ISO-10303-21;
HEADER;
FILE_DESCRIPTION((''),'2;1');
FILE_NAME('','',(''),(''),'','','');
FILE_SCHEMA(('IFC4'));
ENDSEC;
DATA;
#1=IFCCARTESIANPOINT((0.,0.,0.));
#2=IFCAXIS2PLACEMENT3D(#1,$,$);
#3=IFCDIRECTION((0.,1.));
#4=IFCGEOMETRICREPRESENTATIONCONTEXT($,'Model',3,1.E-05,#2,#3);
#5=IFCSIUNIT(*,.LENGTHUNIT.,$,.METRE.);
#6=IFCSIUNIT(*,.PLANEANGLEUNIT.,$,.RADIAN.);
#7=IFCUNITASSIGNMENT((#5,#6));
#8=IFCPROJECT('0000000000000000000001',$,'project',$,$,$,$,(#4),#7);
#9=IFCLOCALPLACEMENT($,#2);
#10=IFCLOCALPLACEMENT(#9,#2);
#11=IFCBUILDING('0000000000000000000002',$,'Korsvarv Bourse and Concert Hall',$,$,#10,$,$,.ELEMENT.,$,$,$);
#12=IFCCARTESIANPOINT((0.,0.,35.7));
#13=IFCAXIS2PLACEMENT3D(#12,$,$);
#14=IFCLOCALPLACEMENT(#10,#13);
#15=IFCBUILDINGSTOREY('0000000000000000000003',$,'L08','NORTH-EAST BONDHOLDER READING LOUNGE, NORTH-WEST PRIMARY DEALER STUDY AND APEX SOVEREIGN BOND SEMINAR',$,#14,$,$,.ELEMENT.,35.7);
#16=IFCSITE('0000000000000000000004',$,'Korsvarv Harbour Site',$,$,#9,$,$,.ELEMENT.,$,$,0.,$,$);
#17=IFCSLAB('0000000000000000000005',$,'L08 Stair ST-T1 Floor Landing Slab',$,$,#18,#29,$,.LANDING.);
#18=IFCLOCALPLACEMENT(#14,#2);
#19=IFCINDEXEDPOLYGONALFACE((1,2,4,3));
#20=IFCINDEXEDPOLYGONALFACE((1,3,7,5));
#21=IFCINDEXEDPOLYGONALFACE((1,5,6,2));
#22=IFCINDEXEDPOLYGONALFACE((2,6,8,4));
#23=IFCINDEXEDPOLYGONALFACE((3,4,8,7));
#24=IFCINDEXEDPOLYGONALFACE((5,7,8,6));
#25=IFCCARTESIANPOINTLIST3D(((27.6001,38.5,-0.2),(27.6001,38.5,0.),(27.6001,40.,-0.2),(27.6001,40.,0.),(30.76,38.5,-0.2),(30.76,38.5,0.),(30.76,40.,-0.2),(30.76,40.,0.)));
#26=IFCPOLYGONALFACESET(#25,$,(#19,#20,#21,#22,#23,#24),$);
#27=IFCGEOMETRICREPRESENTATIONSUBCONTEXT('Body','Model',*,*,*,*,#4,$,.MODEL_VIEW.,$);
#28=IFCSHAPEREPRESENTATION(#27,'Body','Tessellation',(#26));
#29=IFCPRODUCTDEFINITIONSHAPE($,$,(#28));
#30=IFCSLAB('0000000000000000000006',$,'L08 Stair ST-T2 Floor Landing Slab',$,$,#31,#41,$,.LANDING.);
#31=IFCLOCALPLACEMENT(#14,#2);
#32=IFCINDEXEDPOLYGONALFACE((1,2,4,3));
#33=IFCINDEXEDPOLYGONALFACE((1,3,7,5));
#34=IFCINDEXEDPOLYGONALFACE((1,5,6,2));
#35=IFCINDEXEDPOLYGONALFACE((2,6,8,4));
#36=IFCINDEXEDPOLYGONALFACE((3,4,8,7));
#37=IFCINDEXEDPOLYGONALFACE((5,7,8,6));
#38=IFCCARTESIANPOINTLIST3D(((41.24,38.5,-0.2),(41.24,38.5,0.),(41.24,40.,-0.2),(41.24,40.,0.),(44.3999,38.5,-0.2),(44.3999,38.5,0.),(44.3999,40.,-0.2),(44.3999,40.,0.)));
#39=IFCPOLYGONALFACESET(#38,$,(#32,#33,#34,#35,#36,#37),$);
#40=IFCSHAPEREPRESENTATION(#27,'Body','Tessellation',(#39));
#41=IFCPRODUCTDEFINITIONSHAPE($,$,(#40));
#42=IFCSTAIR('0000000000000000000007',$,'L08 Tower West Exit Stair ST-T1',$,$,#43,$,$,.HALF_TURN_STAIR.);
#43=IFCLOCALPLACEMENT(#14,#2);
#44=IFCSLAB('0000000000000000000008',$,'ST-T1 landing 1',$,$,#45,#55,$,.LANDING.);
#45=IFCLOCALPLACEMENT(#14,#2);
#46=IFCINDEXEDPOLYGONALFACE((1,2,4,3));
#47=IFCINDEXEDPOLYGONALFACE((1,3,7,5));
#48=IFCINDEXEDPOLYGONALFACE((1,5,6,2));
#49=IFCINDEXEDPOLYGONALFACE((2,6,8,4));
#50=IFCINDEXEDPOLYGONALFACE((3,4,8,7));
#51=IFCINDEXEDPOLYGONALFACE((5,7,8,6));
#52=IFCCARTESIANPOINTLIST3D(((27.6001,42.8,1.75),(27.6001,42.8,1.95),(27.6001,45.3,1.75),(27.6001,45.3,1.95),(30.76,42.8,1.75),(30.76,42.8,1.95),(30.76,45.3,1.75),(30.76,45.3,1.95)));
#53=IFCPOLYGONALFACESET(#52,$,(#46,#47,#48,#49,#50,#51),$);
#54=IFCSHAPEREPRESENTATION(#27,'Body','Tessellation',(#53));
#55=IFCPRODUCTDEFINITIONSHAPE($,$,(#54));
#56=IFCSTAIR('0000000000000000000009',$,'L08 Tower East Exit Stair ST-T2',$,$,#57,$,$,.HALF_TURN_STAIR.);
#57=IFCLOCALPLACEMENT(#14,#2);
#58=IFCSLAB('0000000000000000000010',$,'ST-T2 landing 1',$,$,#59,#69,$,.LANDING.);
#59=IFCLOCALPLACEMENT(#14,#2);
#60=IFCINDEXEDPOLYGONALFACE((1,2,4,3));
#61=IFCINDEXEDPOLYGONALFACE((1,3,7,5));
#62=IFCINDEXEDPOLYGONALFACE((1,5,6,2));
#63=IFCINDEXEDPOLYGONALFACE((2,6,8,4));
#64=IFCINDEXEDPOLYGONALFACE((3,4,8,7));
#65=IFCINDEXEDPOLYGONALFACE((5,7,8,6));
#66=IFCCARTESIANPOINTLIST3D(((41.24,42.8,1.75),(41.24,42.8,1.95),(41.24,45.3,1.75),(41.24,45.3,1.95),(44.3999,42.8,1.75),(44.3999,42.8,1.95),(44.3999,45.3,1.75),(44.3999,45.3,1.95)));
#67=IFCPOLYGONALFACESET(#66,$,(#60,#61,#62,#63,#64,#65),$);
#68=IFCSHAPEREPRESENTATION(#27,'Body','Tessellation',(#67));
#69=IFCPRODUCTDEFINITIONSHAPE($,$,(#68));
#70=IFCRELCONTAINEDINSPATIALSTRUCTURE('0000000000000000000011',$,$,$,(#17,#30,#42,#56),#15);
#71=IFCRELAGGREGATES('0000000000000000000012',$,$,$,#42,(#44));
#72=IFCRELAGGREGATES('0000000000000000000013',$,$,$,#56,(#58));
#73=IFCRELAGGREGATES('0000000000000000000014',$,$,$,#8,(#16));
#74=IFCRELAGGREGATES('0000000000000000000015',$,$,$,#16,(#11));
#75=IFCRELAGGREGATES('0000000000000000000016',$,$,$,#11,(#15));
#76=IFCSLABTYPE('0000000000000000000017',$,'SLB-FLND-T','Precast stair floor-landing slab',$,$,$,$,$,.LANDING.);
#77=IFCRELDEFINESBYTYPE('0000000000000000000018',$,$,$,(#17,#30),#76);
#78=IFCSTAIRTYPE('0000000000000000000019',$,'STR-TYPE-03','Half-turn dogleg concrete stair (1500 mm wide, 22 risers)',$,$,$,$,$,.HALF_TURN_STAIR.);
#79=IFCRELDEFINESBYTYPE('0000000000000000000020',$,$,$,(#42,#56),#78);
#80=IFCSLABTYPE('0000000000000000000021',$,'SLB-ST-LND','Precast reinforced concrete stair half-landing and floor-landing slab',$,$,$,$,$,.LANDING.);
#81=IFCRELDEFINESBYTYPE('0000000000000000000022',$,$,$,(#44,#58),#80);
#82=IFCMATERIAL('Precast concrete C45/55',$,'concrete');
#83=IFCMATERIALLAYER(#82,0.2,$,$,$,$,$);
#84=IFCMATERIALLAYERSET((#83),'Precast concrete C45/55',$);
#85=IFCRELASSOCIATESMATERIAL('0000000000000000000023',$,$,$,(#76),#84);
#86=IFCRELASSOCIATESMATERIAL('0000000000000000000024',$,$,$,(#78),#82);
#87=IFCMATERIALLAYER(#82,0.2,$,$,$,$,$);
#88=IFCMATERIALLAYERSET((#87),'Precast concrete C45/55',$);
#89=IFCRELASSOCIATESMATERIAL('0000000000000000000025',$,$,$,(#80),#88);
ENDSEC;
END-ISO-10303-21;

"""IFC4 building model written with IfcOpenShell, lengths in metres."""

from ifc_helpers import new_model, si_unit, direction, frame, origin, place, context, subcontext, project, spatial, polyline, outline, extrude, material, layer, layer_set, type_object, element, aggregate, save


model = new_model("IFC4")

# Units and contexts
model_context = context("Model", 3, precision=1e-05, world=origin(), true_north=direction((0.0, 1.0)))
body_context = subcontext(model_context, "Body", "Model", "MODEL_VIEW")
ifc_project = project(units=[si_unit("LENGTHUNIT", "METRE"), si_unit("PLANEANGLEUNIT", "RADIAN")], contexts=[model_context])

# Site, building, storey
site_placement = place(None, origin())
site = spatial("IfcSite", under=ifc_project, at=site_placement, Name="Korsvarv Harbour Site", CompositionType="ELEMENT", RefElevation=0.0)
building_placement = place(site_placement, origin())
building = spatial("IfcBuilding", under=site, at=building_placement, Name="Korsvarv Bourse and Concert Hall", CompositionType="ELEMENT")
storey_placement = place(building_placement, frame((0.0, 0.0, 35.7)))
storey = spatial("IfcBuildingStorey", under=building, at=storey_placement, Name="L08", Description="NORTH-EAST BONDHOLDER READING LOUNGE, NORTH-WEST PRIMARY DEALER STUDY AND APEX SOVEREIGN BOND SEMINAR", CompositionType="ELEMENT", Elevation=35.7)

# Slabs
ifc_material_1 = material(Name="Precast concrete C45/55", Category="concrete")
ifc_layer_1 = layer(ifc_material_1, 0.2)
ifc_layer_set_1 = layer_set([ifc_layer_1], Name="Precast concrete C45/55")
slab_type_1 = type_object("IfcSlabType", Name="SLB-FLND-T", Description="Precast stair floor-landing slab", PredefinedType="LANDING", material=ifc_layer_set_1)
slab_1_placement = place(storey_placement, frame((0.0, 0.0, -0.2)))
element("IfcSlab", 1, at=slab_1_placement, inside=storey, type_object=slab_type_1, Name="L08 Stair ST-T1 Floor Landing Slab", PredefinedType="LANDING", context=body_context, shape_type="SweptSolid", body=[
    extrude(outline(polyline([(30.76, 38.5), (30.76, 40.0), (27.6001, 40.0), (27.6001, 38.5), (30.76, 38.5)])), origin(), (0.0, 0.0, 1.0), 0.2),
])
slab_2_placement = place(storey_placement, frame((0.0, 0.0, -0.2)))
element("IfcSlab", 2, at=slab_2_placement, inside=storey, type_object=slab_type_1, Name="L08 Stair ST-T2 Floor Landing Slab", PredefinedType="LANDING", context=body_context, shape_type="SweptSolid", body=[
    extrude(outline(polyline([(44.3999, 38.5), (44.3999, 40.0), (41.24, 40.0), (41.24, 38.5), (44.3999, 38.5)])), origin(), (0.0, 0.0, 1.0), 0.2),
])

# Stairs, slabs
stair_type = type_object("IfcStairType", Name="STR-TYPE-03", Description="Half-turn dogleg concrete stair (1500 mm wide, 22 risers)", PredefinedType="HALF_TURN_STAIR", material=ifc_material_1)
stair_1_placement = place(storey_placement, origin())
stair_1 = element("IfcStair", 3, at=stair_1_placement, inside=storey, type_object=stair_type, Name="L08 Tower West Exit Stair ST-T1", PredefinedType="HALF_TURN_STAIR")
ifc_layer_2 = layer(ifc_material_1, 0.2)
ifc_layer_set_2 = layer_set([ifc_layer_2], Name="Precast concrete C45/55")
slab_type_2 = type_object("IfcSlabType", Name="SLB-ST-LND", Description="Precast reinforced concrete stair half-landing and floor-landing slab", PredefinedType="LANDING", material=ifc_layer_set_2)
slab_3_placement = place(storey_placement, frame((0.0, 0.0, 1.75)))
slab_3 = element("IfcSlab", 4, at=slab_3_placement, type_object=slab_type_2, Name="ST-T1 landing 1", PredefinedType="LANDING", context=body_context, shape_type="SweptSolid", body=[
    extrude(outline(polyline([(30.76, 42.8), (30.76, 45.3), (27.6001, 45.3), (27.6001, 42.8), (30.76, 42.8)])), origin(), (0.0, 0.0, 1.0), 0.2),
])
aggregate(stair_1, [slab_3])
stair_2_placement = place(storey_placement, origin())
stair_2 = element("IfcStair", 5, at=stair_2_placement, inside=storey, type_object=stair_type, Name="L08 Tower East Exit Stair ST-T2", PredefinedType="HALF_TURN_STAIR")
slab_4_placement = place(storey_placement, frame((0.0, 0.0, 1.75)))
slab_4 = element("IfcSlab", 6, at=slab_4_placement, type_object=slab_type_2, Name="ST-T2 landing 1", PredefinedType="LANDING", context=body_context, shape_type="SweptSolid", body=[
    extrude(outline(polyline([(44.3999, 42.8), (44.3999, 45.3), (41.24, 45.3), (41.24, 42.8), (44.3999, 42.8)])), origin(), (0.0, 0.0, 1.0), 0.2),
])
aggregate(stair_2, [slab_4])

save(model, "model.ifc")
